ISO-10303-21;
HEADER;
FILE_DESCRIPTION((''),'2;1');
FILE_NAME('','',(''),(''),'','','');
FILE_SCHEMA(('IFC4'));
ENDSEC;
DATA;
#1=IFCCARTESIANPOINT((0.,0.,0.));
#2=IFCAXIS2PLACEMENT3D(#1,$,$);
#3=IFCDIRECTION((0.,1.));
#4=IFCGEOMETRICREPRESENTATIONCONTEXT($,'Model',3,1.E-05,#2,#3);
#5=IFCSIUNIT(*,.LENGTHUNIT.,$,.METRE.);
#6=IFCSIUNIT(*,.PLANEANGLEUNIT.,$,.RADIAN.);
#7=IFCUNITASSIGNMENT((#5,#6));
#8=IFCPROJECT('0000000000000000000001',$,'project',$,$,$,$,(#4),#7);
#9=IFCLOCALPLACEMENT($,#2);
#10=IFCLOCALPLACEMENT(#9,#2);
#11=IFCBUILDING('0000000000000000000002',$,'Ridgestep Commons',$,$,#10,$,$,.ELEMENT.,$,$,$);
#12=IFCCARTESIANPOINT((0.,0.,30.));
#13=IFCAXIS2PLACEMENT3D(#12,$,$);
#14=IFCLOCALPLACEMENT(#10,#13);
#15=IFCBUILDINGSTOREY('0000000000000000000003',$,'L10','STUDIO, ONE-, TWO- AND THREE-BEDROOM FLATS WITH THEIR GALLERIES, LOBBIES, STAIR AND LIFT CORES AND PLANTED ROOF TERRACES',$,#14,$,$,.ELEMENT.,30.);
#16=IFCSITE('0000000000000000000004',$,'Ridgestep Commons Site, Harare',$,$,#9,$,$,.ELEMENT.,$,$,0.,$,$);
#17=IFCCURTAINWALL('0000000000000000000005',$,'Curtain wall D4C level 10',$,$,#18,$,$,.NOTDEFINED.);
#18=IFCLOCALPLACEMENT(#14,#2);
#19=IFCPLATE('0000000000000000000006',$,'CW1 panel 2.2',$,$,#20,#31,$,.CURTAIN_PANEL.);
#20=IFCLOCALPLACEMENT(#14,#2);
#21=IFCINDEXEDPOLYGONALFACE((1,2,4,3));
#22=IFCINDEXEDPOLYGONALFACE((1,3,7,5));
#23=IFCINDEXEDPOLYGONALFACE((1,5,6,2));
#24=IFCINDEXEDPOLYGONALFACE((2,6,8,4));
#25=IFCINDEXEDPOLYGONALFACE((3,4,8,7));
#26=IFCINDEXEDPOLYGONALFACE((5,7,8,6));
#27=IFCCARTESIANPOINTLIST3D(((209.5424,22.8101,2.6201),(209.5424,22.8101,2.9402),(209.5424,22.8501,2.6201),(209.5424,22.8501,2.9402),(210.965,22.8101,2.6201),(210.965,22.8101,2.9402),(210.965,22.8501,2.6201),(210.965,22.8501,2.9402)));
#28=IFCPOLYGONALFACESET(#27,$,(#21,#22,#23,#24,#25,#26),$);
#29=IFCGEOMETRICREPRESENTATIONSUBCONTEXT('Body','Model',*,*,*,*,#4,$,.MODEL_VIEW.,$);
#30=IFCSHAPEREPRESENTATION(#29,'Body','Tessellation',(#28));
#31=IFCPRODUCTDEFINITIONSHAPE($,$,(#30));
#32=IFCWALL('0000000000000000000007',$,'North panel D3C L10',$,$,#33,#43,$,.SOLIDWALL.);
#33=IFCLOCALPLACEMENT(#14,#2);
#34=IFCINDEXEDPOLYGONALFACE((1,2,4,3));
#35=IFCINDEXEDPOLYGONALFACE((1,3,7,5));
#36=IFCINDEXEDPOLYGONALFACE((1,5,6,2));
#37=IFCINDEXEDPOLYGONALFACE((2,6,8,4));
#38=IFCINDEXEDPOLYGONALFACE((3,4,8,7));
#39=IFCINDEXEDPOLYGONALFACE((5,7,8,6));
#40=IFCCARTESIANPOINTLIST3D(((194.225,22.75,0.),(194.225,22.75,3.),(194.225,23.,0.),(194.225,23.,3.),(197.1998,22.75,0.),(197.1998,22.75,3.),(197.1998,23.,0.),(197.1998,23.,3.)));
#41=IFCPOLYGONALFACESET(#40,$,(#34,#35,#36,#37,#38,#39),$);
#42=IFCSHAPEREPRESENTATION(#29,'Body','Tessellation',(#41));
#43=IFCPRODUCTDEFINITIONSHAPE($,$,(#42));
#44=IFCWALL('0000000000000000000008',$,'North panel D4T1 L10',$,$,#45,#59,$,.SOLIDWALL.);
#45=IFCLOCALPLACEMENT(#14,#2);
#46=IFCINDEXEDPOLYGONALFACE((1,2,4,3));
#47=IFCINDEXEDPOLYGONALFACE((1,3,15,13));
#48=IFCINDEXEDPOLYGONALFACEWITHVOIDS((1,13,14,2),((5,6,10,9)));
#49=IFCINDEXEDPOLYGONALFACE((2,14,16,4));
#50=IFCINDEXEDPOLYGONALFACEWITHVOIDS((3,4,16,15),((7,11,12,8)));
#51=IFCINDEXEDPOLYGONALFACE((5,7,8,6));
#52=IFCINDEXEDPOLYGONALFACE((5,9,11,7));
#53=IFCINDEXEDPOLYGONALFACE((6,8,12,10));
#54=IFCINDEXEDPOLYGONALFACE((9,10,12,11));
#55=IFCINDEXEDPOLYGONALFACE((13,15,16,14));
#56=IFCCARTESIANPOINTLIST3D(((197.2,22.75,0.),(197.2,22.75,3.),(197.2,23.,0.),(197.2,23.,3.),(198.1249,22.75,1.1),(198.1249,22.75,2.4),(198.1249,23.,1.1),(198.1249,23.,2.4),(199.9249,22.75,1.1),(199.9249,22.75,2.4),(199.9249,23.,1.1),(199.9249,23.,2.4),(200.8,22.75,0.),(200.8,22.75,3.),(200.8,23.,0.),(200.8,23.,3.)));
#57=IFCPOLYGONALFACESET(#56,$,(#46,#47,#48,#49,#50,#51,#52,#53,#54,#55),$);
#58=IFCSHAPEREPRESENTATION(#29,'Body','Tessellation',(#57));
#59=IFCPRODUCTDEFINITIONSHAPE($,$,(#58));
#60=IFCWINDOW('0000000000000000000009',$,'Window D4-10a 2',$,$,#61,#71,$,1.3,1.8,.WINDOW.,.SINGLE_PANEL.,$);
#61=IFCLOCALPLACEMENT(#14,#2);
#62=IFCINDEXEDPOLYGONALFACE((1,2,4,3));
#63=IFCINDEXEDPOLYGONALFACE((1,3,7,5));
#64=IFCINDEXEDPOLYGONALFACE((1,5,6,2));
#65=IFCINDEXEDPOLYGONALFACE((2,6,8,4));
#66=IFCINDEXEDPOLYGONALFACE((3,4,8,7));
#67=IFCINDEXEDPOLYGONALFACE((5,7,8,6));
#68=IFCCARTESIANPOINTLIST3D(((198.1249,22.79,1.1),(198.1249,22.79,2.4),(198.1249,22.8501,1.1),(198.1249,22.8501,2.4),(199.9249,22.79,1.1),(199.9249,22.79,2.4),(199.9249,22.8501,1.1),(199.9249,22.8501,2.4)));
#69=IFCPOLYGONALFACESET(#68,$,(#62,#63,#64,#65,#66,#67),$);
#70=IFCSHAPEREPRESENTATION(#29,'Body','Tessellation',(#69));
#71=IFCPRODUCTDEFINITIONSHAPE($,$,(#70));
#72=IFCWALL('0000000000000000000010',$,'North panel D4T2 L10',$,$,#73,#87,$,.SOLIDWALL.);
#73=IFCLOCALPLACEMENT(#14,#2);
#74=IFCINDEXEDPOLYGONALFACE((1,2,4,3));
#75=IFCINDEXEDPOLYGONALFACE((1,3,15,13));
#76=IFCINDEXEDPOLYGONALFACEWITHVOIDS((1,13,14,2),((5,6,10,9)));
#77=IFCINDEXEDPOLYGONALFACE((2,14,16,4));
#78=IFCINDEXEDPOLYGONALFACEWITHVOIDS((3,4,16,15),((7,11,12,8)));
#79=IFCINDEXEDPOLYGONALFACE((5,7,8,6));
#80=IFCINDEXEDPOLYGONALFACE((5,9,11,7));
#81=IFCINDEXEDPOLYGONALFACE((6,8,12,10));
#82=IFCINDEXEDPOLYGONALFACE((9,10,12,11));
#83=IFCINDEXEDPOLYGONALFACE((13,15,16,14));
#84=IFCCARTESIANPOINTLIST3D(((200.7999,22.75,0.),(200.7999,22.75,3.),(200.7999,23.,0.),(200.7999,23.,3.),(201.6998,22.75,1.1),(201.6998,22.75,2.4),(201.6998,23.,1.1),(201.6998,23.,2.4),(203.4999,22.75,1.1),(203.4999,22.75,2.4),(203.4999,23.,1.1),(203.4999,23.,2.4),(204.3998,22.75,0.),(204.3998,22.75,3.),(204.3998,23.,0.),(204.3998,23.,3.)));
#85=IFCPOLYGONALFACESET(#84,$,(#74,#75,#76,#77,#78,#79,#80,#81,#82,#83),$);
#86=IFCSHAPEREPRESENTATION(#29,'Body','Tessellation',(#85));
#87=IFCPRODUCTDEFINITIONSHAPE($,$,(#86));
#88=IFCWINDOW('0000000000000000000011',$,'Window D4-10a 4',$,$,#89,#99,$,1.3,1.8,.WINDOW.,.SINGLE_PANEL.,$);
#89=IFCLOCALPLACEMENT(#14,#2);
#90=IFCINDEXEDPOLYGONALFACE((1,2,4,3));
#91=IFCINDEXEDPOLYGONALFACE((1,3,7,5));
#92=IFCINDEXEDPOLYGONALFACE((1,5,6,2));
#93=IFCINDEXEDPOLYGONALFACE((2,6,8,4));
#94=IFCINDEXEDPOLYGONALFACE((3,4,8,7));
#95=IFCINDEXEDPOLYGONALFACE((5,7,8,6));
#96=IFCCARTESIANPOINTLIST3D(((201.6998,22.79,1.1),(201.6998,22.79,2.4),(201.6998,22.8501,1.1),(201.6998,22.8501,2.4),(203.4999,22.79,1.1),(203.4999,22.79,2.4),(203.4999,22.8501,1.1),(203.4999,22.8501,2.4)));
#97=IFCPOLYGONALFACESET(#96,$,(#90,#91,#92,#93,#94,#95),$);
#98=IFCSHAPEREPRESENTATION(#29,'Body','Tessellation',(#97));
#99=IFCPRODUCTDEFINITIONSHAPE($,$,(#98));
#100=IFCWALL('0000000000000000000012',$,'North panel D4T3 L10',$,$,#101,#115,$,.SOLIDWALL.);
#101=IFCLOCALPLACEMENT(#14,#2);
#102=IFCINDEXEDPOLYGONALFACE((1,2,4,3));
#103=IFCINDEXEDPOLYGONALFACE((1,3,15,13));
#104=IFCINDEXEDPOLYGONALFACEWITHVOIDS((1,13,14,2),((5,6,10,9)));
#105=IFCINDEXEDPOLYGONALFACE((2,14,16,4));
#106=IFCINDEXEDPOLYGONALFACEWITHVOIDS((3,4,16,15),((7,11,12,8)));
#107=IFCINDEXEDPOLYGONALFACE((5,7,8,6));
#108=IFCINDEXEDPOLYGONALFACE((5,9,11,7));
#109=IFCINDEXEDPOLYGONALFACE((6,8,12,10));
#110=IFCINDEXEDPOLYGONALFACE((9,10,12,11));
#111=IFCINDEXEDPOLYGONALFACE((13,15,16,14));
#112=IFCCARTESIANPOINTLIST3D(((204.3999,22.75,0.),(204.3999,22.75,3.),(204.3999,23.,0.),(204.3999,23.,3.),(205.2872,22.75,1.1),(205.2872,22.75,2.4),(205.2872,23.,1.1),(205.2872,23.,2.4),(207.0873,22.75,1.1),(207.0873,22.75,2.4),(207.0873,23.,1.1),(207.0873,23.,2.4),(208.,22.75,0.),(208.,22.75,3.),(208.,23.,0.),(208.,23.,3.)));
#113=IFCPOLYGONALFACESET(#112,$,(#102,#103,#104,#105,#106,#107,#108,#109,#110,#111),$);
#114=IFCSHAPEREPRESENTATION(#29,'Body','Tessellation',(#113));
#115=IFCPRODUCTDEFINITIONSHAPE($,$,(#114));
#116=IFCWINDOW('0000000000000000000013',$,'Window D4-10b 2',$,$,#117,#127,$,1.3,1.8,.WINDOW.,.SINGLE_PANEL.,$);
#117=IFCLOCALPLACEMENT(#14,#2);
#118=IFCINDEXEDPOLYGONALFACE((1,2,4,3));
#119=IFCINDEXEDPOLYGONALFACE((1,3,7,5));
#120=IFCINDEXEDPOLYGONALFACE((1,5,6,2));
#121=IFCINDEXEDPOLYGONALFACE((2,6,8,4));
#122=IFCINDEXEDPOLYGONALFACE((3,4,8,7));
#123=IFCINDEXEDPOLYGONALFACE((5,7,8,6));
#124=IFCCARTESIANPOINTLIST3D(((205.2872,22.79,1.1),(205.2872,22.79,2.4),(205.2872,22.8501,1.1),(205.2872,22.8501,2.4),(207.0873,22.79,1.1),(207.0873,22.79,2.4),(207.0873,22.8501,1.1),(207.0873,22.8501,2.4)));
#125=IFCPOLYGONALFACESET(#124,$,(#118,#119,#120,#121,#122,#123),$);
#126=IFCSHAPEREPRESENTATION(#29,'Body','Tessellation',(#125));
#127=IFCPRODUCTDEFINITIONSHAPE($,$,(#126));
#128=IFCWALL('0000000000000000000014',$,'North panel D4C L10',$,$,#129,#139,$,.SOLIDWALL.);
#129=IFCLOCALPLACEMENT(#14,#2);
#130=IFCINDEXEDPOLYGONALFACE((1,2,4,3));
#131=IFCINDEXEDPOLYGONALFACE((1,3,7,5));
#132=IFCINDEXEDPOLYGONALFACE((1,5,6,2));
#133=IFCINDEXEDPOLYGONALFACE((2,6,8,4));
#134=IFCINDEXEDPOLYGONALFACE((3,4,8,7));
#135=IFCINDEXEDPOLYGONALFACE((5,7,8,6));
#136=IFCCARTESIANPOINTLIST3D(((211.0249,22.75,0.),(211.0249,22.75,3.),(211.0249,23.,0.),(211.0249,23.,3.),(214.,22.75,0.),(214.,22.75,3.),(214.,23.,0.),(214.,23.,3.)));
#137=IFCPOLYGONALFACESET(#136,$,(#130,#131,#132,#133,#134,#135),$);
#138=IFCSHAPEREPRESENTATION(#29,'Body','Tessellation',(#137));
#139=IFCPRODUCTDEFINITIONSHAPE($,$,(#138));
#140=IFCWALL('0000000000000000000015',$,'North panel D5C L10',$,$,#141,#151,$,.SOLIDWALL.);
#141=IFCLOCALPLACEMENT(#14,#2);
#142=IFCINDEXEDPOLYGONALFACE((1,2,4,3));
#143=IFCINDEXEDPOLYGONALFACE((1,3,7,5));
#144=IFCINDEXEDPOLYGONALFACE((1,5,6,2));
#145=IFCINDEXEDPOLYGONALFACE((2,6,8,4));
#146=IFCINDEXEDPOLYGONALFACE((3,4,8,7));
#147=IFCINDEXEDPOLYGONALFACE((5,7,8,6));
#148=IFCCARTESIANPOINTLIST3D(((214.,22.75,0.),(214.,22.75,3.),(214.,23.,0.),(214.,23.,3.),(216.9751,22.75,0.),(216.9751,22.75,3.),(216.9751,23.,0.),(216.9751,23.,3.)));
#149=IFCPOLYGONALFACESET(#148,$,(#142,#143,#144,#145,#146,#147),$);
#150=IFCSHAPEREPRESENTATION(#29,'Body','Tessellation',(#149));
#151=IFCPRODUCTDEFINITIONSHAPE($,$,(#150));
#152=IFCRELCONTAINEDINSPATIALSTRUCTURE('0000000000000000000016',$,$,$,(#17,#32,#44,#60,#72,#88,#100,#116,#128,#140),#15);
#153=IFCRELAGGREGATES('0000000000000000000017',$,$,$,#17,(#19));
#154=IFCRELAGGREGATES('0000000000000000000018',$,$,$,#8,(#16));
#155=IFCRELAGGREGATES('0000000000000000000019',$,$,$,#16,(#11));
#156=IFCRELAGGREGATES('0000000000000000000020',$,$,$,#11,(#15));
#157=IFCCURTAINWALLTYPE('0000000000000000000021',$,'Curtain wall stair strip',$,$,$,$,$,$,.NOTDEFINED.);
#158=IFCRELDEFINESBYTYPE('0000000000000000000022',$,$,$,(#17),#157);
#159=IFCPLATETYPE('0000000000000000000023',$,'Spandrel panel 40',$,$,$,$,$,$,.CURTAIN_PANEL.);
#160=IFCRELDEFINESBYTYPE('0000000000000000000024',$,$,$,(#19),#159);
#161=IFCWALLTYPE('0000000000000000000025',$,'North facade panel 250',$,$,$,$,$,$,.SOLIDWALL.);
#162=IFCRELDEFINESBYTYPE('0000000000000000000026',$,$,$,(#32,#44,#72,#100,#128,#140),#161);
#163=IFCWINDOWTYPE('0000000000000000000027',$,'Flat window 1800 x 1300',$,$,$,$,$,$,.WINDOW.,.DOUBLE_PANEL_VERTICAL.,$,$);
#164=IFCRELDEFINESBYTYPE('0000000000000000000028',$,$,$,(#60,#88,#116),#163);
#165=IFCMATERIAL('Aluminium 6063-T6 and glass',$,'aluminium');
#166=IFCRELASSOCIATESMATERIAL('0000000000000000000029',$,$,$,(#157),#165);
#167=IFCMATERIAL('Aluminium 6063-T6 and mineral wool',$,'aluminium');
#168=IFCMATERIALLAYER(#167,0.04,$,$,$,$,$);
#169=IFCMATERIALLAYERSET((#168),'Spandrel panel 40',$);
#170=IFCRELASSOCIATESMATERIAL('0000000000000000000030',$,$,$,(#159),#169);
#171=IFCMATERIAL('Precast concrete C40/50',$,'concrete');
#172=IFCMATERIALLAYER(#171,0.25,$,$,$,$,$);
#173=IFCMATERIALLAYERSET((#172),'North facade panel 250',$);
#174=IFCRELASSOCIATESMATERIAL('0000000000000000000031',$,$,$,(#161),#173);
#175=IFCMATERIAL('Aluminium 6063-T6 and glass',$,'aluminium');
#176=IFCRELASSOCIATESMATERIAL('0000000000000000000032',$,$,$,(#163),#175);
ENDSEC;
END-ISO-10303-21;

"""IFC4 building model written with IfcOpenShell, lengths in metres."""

from ifc_helpers import new_model, si_unit, direction, frame, frame_2d, origin, origin_2d, place, context, subcontext, project, spatial, rectangle, extrude, material, layer, layer_set, type_object, element, fill, aggregate, save


model = new_model("IFC4")

# Units and contexts
model_context = context("Model", 3, precision=1e-05, world=origin(), true_north=direction((0.0, 1.0)))
body_context = subcontext(model_context, "Body", "Model", "MODEL_VIEW")
ifc_project = project(units=[si_unit("LENGTHUNIT", "METRE"), si_unit("PLANEANGLEUNIT", "RADIAN")], contexts=[model_context])

# Site, building, storey
site_placement = place(None, origin())
site = spatial("IfcSite", under=ifc_project, at=site_placement, Name="Ridgestep Commons Site, Harare", CompositionType="ELEMENT", RefElevation=0.0)
building_placement = place(site_placement, origin())
building = spatial("IfcBuilding", under=site, at=building_placement, Name="Ridgestep Commons", CompositionType="ELEMENT")
storey_placement = place(building_placement, frame((0.0, 0.0, 30.0)))
storey = spatial("IfcBuildingStorey", under=building, at=storey_placement, Name="L10", Description="STUDIO, ONE-, TWO- AND THREE-BEDROOM FLATS WITH THEIR GALLERIES, LOBBIES, STAIR AND LIFT CORES AND PLANTED ROOF TERRACES", CompositionType="ELEMENT", Elevation=30.0)

# Curtain wall
ifc_material_1 = material(Name="Aluminium 6063-T6 and glass", Category="aluminium")
curtain_wall_type = type_object("IfcCurtainWallType", Name="Curtain wall stair strip", PredefinedType="NOTDEFINED", material=ifc_material_1)
curtain_wall_1_placement = place(storey_placement, origin())
curtain_wall_1 = element("IfcCurtainWall", 1, at=curtain_wall_1_placement, inside=storey, type_object=curtain_wall_type, Name="Curtain wall D4C level 10", PredefinedType="NOTDEFINED")

# Plate
ifc_material_2 = material(Name="Aluminium 6063-T6 and mineral wool", Category="aluminium")
ifc_layer_1 = layer(ifc_material_2, 0.04)
ifc_layer_set_1 = layer_set([ifc_layer_1], Name="Spandrel panel 40")
plate_type_1 = type_object("IfcPlateType", Name="Spandrel panel 40", PredefinedType="CURTAIN_PANEL", material=ifc_layer_set_1)
plate_1_placement = place(storey_placement, frame((210.2537, 22.8301, 2.6201), z_axis=(0.0, 0.0, 1.0), x_axis=(1.0, 0.0, 0.0)))
plate_1 = element("IfcPlate", 2, at=plate_1_placement, type_object=plate_type_1, Name="CW1 panel 2.2", PredefinedType="CURTAIN_PANEL", context=body_context, shape_type="SweptSolid", body=[
    extrude(rectangle(XDim=1.4226, YDim=0.04, at=origin_2d()), origin(), (0.0, 0.0, 1.0), 0.3201),
])
aggregate(curtain_wall_1, [plate_1])

# Wall
ifc_material_3 = material(Name="Precast concrete C40/50", Category="concrete")
ifc_layer_2 = layer(ifc_material_3, 0.25)
ifc_layer_set_2 = layer_set([ifc_layer_2], Name="North facade panel 250")
wall_type = type_object("IfcWallType", Name="North facade panel 250", PredefinedType="SOLIDWALL", material=ifc_layer_set_2)
wall_1_placement = place(storey_placement, frame((194.2251, 22.875, 0.0), z_axis=(0.0, 0.0, 1.0), x_axis=(1.0, 0.0, 0.0)))
element("IfcWall", 3, at=wall_1_placement, inside=storey, type_object=wall_type, Name="North panel D3C L10", PredefinedType="SOLIDWALL", context=body_context, shape_type="SweptSolid", body=[
    extrude(rectangle(XDim=2.9749, YDim=0.25, at=frame_2d((1.4873, 0.0))), origin(), (0.0, 0.0, 1.0), 3.0),
])

# Walls, openings, windows
wall_2_placement = place(storey_placement, frame((197.2, 22.875, 0.0), z_axis=(0.0, 0.0, 1.0), x_axis=(1.0, 0.0, 0.0)))
wall_2 = element("IfcWall", 4, at=wall_2_placement, inside=storey, type_object=wall_type, Name="North panel D4T1 L10", PredefinedType="SOLIDWALL", context=body_context, shape_type="SweptSolid", body=[
    extrude(rectangle(XDim=3.6001, YDim=0.25, at=frame_2d((1.8, 0.0))), origin(), (0.0, 0.0, 1.0), 3.0),
])
opening_1_placement = place(wall_2_placement, frame((0.925, 0.0, 1.1001)))
opening_1 = element("IfcOpeningElement", 5, at=opening_1_placement, cuts=wall_2, PredefinedType="OPENING", context=body_context, shape_type="SweptSolid", body=[
    extrude(rectangle(XDim=1.8, YDim=1.3, at=frame_2d((0.8999, 0.6499))), frame((0.0, 0.135, 0.0), z_axis=(0.0, -1.0, 0.0), x_axis=(1.0, 0.0, 0.0)), (0.0, 0.0, 1.0), 0.27),
])
ifc_material_4 = material(Name="Aluminium 6063-T6 and glass", Category="aluminium")
window_type = type_object("IfcWindowType", Name="Flat window 1800 x 1300", PartitioningType="DOUBLE_PANEL_VERTICAL", PredefinedType="WINDOW", material=ifc_material_4)
window_1_placement = place(opening_1_placement, origin())
window_1 = element("IfcWindow", 6, at=window_1_placement, inside=storey, type_object=window_type, Name="Window D4-10a 2", OverallHeight=1.3, OverallWidth=1.8, PartitioningType="SINGLE_PANEL", PredefinedType="WINDOW", context=body_context, shape_type="SweptSolid", body=[
    extrude(rectangle(XDim=1.8, YDim=1.3, at=frame_2d((0.8999, 0.6499))), frame((0.0, -0.0249, 0.0), z_axis=(0.0, -1.0, 0.0), x_axis=(1.0, 0.0, 0.0)), (0.0, 0.0, 1.0), 0.0601),
])
fill(opening_1, window_1)
wall_3_placement = place(storey_placement, frame((200.8, 22.875, 0.0), z_axis=(0.0, 0.0, 1.0), x_axis=(1.0, 0.0, 0.0)))
wall_3 = element("IfcWall", 7, at=wall_3_placement, inside=storey, type_object=wall_type, Name="North panel D4T2 L10", PredefinedType="SOLIDWALL", context=body_context, shape_type="SweptSolid", body=[
    extrude(rectangle(XDim=3.5999, YDim=0.25, at=frame_2d((1.7998, 0.0))), origin(), (0.0, 0.0, 1.0), 3.0),
])
opening_2_placement = place(wall_3_placement, frame((0.8999, 0.0, 1.1001)))
opening_2 = element("IfcOpeningElement", 8, at=opening_2_placement, cuts=wall_3, PredefinedType="OPENING", context=body_context, shape_type="SweptSolid", body=[
    extrude(rectangle(XDim=1.8, YDim=1.3, at=frame_2d((0.8999, 0.6499))), frame((0.0, 0.135, 0.0), z_axis=(0.0, -1.0, 0.0), x_axis=(1.0, 0.0, 0.0)), (0.0, 0.0, 1.0), 0.27),
])
window_2_placement = place(opening_2_placement, origin())
window_2 = element("IfcWindow", 9, at=window_2_placement, inside=storey, type_object=window_type, Name="Window D4-10a 4", OverallHeight=1.3, OverallWidth=1.8, PartitioningType="SINGLE_PANEL", PredefinedType="WINDOW", context=body_context, shape_type="SweptSolid", body=[
    extrude(rectangle(XDim=1.8, YDim=1.3, at=frame_2d((0.8999, 0.6499))), frame((0.0, -0.0249, 0.0), z_axis=(0.0, -1.0, 0.0), x_axis=(1.0, 0.0, 0.0)), (0.0, 0.0, 1.0), 0.0601),
])
fill(opening_2, window_2)
wall_4_placement = place(storey_placement, frame((204.3999, 22.875, 0.0), z_axis=(0.0, 0.0, 1.0), x_axis=(1.0, 0.0, 0.0)))
wall_4 = element("IfcWall", 10, at=wall_4_placement, inside=storey, type_object=wall_type, Name="North panel D4T3 L10", PredefinedType="SOLIDWALL", context=body_context, shape_type="SweptSolid", body=[
    extrude(rectangle(XDim=3.6001, YDim=0.25, at=frame_2d((1.8, 0.0))), origin(), (0.0, 0.0, 1.0), 3.0),
])
opening_3_placement = place(wall_4_placement, frame((0.8875, 0.0, 1.1001)))
opening_3 = element("IfcOpeningElement", 11, at=opening_3_placement, cuts=wall_4, PredefinedType="OPENING", context=body_context, shape_type="SweptSolid", body=[
    extrude(rectangle(XDim=1.8, YDim=1.3, at=frame_2d((0.8999, 0.6499))), frame((0.0, 0.135, 0.0), z_axis=(0.0, -1.0, 0.0), x_axis=(1.0, 0.0, 0.0)), (0.0, 0.0, 1.0), 0.27),
])
window_3_placement = place(opening_3_placement, origin())
window_3 = element("IfcWindow", 12, at=window_3_placement, inside=storey, type_object=window_type, Name="Window D4-10b 2", OverallHeight=1.3, OverallWidth=1.8, PartitioningType="SINGLE_PANEL", PredefinedType="WINDOW", context=body_context, shape_type="SweptSolid", body=[
    extrude(rectangle(XDim=1.8, YDim=1.3, at=frame_2d((0.8999, 0.6499))), frame((0.0, -0.0249, 0.0), z_axis=(0.0, -1.0, 0.0), x_axis=(1.0, 0.0, 0.0)), (0.0, 0.0, 1.0), 0.0601),
])
fill(opening_3, window_3)

# Walls
for number, where, z_axis, x_axis, name in (
    (13, (211.0249, 22.875, 0.0), (0.0, 0.0, 1.0), (1.0, 0.0, 0.0), "North panel D4C L10"),
    (14, (214.0, 22.875, 0.0), (0.0, 0.0, 1.0), (1.0, 0.0, 0.0), "North panel D5C L10"),
):
    element("IfcWall", number, at=place(storey_placement, frame(where, z_axis=z_axis, x_axis=x_axis)), inside=storey, type_object=wall_type, Name=name, PredefinedType="SOLIDWALL", context=body_context, shape_type="SweptSolid", body=[
        extrude(rectangle(XDim=2.9751, YDim=0.25, at=frame_2d((1.4875, 0.0))), origin(), (0.0, 0.0, 1.0), 3.0),
    ])

save(model, "model.ifc")
